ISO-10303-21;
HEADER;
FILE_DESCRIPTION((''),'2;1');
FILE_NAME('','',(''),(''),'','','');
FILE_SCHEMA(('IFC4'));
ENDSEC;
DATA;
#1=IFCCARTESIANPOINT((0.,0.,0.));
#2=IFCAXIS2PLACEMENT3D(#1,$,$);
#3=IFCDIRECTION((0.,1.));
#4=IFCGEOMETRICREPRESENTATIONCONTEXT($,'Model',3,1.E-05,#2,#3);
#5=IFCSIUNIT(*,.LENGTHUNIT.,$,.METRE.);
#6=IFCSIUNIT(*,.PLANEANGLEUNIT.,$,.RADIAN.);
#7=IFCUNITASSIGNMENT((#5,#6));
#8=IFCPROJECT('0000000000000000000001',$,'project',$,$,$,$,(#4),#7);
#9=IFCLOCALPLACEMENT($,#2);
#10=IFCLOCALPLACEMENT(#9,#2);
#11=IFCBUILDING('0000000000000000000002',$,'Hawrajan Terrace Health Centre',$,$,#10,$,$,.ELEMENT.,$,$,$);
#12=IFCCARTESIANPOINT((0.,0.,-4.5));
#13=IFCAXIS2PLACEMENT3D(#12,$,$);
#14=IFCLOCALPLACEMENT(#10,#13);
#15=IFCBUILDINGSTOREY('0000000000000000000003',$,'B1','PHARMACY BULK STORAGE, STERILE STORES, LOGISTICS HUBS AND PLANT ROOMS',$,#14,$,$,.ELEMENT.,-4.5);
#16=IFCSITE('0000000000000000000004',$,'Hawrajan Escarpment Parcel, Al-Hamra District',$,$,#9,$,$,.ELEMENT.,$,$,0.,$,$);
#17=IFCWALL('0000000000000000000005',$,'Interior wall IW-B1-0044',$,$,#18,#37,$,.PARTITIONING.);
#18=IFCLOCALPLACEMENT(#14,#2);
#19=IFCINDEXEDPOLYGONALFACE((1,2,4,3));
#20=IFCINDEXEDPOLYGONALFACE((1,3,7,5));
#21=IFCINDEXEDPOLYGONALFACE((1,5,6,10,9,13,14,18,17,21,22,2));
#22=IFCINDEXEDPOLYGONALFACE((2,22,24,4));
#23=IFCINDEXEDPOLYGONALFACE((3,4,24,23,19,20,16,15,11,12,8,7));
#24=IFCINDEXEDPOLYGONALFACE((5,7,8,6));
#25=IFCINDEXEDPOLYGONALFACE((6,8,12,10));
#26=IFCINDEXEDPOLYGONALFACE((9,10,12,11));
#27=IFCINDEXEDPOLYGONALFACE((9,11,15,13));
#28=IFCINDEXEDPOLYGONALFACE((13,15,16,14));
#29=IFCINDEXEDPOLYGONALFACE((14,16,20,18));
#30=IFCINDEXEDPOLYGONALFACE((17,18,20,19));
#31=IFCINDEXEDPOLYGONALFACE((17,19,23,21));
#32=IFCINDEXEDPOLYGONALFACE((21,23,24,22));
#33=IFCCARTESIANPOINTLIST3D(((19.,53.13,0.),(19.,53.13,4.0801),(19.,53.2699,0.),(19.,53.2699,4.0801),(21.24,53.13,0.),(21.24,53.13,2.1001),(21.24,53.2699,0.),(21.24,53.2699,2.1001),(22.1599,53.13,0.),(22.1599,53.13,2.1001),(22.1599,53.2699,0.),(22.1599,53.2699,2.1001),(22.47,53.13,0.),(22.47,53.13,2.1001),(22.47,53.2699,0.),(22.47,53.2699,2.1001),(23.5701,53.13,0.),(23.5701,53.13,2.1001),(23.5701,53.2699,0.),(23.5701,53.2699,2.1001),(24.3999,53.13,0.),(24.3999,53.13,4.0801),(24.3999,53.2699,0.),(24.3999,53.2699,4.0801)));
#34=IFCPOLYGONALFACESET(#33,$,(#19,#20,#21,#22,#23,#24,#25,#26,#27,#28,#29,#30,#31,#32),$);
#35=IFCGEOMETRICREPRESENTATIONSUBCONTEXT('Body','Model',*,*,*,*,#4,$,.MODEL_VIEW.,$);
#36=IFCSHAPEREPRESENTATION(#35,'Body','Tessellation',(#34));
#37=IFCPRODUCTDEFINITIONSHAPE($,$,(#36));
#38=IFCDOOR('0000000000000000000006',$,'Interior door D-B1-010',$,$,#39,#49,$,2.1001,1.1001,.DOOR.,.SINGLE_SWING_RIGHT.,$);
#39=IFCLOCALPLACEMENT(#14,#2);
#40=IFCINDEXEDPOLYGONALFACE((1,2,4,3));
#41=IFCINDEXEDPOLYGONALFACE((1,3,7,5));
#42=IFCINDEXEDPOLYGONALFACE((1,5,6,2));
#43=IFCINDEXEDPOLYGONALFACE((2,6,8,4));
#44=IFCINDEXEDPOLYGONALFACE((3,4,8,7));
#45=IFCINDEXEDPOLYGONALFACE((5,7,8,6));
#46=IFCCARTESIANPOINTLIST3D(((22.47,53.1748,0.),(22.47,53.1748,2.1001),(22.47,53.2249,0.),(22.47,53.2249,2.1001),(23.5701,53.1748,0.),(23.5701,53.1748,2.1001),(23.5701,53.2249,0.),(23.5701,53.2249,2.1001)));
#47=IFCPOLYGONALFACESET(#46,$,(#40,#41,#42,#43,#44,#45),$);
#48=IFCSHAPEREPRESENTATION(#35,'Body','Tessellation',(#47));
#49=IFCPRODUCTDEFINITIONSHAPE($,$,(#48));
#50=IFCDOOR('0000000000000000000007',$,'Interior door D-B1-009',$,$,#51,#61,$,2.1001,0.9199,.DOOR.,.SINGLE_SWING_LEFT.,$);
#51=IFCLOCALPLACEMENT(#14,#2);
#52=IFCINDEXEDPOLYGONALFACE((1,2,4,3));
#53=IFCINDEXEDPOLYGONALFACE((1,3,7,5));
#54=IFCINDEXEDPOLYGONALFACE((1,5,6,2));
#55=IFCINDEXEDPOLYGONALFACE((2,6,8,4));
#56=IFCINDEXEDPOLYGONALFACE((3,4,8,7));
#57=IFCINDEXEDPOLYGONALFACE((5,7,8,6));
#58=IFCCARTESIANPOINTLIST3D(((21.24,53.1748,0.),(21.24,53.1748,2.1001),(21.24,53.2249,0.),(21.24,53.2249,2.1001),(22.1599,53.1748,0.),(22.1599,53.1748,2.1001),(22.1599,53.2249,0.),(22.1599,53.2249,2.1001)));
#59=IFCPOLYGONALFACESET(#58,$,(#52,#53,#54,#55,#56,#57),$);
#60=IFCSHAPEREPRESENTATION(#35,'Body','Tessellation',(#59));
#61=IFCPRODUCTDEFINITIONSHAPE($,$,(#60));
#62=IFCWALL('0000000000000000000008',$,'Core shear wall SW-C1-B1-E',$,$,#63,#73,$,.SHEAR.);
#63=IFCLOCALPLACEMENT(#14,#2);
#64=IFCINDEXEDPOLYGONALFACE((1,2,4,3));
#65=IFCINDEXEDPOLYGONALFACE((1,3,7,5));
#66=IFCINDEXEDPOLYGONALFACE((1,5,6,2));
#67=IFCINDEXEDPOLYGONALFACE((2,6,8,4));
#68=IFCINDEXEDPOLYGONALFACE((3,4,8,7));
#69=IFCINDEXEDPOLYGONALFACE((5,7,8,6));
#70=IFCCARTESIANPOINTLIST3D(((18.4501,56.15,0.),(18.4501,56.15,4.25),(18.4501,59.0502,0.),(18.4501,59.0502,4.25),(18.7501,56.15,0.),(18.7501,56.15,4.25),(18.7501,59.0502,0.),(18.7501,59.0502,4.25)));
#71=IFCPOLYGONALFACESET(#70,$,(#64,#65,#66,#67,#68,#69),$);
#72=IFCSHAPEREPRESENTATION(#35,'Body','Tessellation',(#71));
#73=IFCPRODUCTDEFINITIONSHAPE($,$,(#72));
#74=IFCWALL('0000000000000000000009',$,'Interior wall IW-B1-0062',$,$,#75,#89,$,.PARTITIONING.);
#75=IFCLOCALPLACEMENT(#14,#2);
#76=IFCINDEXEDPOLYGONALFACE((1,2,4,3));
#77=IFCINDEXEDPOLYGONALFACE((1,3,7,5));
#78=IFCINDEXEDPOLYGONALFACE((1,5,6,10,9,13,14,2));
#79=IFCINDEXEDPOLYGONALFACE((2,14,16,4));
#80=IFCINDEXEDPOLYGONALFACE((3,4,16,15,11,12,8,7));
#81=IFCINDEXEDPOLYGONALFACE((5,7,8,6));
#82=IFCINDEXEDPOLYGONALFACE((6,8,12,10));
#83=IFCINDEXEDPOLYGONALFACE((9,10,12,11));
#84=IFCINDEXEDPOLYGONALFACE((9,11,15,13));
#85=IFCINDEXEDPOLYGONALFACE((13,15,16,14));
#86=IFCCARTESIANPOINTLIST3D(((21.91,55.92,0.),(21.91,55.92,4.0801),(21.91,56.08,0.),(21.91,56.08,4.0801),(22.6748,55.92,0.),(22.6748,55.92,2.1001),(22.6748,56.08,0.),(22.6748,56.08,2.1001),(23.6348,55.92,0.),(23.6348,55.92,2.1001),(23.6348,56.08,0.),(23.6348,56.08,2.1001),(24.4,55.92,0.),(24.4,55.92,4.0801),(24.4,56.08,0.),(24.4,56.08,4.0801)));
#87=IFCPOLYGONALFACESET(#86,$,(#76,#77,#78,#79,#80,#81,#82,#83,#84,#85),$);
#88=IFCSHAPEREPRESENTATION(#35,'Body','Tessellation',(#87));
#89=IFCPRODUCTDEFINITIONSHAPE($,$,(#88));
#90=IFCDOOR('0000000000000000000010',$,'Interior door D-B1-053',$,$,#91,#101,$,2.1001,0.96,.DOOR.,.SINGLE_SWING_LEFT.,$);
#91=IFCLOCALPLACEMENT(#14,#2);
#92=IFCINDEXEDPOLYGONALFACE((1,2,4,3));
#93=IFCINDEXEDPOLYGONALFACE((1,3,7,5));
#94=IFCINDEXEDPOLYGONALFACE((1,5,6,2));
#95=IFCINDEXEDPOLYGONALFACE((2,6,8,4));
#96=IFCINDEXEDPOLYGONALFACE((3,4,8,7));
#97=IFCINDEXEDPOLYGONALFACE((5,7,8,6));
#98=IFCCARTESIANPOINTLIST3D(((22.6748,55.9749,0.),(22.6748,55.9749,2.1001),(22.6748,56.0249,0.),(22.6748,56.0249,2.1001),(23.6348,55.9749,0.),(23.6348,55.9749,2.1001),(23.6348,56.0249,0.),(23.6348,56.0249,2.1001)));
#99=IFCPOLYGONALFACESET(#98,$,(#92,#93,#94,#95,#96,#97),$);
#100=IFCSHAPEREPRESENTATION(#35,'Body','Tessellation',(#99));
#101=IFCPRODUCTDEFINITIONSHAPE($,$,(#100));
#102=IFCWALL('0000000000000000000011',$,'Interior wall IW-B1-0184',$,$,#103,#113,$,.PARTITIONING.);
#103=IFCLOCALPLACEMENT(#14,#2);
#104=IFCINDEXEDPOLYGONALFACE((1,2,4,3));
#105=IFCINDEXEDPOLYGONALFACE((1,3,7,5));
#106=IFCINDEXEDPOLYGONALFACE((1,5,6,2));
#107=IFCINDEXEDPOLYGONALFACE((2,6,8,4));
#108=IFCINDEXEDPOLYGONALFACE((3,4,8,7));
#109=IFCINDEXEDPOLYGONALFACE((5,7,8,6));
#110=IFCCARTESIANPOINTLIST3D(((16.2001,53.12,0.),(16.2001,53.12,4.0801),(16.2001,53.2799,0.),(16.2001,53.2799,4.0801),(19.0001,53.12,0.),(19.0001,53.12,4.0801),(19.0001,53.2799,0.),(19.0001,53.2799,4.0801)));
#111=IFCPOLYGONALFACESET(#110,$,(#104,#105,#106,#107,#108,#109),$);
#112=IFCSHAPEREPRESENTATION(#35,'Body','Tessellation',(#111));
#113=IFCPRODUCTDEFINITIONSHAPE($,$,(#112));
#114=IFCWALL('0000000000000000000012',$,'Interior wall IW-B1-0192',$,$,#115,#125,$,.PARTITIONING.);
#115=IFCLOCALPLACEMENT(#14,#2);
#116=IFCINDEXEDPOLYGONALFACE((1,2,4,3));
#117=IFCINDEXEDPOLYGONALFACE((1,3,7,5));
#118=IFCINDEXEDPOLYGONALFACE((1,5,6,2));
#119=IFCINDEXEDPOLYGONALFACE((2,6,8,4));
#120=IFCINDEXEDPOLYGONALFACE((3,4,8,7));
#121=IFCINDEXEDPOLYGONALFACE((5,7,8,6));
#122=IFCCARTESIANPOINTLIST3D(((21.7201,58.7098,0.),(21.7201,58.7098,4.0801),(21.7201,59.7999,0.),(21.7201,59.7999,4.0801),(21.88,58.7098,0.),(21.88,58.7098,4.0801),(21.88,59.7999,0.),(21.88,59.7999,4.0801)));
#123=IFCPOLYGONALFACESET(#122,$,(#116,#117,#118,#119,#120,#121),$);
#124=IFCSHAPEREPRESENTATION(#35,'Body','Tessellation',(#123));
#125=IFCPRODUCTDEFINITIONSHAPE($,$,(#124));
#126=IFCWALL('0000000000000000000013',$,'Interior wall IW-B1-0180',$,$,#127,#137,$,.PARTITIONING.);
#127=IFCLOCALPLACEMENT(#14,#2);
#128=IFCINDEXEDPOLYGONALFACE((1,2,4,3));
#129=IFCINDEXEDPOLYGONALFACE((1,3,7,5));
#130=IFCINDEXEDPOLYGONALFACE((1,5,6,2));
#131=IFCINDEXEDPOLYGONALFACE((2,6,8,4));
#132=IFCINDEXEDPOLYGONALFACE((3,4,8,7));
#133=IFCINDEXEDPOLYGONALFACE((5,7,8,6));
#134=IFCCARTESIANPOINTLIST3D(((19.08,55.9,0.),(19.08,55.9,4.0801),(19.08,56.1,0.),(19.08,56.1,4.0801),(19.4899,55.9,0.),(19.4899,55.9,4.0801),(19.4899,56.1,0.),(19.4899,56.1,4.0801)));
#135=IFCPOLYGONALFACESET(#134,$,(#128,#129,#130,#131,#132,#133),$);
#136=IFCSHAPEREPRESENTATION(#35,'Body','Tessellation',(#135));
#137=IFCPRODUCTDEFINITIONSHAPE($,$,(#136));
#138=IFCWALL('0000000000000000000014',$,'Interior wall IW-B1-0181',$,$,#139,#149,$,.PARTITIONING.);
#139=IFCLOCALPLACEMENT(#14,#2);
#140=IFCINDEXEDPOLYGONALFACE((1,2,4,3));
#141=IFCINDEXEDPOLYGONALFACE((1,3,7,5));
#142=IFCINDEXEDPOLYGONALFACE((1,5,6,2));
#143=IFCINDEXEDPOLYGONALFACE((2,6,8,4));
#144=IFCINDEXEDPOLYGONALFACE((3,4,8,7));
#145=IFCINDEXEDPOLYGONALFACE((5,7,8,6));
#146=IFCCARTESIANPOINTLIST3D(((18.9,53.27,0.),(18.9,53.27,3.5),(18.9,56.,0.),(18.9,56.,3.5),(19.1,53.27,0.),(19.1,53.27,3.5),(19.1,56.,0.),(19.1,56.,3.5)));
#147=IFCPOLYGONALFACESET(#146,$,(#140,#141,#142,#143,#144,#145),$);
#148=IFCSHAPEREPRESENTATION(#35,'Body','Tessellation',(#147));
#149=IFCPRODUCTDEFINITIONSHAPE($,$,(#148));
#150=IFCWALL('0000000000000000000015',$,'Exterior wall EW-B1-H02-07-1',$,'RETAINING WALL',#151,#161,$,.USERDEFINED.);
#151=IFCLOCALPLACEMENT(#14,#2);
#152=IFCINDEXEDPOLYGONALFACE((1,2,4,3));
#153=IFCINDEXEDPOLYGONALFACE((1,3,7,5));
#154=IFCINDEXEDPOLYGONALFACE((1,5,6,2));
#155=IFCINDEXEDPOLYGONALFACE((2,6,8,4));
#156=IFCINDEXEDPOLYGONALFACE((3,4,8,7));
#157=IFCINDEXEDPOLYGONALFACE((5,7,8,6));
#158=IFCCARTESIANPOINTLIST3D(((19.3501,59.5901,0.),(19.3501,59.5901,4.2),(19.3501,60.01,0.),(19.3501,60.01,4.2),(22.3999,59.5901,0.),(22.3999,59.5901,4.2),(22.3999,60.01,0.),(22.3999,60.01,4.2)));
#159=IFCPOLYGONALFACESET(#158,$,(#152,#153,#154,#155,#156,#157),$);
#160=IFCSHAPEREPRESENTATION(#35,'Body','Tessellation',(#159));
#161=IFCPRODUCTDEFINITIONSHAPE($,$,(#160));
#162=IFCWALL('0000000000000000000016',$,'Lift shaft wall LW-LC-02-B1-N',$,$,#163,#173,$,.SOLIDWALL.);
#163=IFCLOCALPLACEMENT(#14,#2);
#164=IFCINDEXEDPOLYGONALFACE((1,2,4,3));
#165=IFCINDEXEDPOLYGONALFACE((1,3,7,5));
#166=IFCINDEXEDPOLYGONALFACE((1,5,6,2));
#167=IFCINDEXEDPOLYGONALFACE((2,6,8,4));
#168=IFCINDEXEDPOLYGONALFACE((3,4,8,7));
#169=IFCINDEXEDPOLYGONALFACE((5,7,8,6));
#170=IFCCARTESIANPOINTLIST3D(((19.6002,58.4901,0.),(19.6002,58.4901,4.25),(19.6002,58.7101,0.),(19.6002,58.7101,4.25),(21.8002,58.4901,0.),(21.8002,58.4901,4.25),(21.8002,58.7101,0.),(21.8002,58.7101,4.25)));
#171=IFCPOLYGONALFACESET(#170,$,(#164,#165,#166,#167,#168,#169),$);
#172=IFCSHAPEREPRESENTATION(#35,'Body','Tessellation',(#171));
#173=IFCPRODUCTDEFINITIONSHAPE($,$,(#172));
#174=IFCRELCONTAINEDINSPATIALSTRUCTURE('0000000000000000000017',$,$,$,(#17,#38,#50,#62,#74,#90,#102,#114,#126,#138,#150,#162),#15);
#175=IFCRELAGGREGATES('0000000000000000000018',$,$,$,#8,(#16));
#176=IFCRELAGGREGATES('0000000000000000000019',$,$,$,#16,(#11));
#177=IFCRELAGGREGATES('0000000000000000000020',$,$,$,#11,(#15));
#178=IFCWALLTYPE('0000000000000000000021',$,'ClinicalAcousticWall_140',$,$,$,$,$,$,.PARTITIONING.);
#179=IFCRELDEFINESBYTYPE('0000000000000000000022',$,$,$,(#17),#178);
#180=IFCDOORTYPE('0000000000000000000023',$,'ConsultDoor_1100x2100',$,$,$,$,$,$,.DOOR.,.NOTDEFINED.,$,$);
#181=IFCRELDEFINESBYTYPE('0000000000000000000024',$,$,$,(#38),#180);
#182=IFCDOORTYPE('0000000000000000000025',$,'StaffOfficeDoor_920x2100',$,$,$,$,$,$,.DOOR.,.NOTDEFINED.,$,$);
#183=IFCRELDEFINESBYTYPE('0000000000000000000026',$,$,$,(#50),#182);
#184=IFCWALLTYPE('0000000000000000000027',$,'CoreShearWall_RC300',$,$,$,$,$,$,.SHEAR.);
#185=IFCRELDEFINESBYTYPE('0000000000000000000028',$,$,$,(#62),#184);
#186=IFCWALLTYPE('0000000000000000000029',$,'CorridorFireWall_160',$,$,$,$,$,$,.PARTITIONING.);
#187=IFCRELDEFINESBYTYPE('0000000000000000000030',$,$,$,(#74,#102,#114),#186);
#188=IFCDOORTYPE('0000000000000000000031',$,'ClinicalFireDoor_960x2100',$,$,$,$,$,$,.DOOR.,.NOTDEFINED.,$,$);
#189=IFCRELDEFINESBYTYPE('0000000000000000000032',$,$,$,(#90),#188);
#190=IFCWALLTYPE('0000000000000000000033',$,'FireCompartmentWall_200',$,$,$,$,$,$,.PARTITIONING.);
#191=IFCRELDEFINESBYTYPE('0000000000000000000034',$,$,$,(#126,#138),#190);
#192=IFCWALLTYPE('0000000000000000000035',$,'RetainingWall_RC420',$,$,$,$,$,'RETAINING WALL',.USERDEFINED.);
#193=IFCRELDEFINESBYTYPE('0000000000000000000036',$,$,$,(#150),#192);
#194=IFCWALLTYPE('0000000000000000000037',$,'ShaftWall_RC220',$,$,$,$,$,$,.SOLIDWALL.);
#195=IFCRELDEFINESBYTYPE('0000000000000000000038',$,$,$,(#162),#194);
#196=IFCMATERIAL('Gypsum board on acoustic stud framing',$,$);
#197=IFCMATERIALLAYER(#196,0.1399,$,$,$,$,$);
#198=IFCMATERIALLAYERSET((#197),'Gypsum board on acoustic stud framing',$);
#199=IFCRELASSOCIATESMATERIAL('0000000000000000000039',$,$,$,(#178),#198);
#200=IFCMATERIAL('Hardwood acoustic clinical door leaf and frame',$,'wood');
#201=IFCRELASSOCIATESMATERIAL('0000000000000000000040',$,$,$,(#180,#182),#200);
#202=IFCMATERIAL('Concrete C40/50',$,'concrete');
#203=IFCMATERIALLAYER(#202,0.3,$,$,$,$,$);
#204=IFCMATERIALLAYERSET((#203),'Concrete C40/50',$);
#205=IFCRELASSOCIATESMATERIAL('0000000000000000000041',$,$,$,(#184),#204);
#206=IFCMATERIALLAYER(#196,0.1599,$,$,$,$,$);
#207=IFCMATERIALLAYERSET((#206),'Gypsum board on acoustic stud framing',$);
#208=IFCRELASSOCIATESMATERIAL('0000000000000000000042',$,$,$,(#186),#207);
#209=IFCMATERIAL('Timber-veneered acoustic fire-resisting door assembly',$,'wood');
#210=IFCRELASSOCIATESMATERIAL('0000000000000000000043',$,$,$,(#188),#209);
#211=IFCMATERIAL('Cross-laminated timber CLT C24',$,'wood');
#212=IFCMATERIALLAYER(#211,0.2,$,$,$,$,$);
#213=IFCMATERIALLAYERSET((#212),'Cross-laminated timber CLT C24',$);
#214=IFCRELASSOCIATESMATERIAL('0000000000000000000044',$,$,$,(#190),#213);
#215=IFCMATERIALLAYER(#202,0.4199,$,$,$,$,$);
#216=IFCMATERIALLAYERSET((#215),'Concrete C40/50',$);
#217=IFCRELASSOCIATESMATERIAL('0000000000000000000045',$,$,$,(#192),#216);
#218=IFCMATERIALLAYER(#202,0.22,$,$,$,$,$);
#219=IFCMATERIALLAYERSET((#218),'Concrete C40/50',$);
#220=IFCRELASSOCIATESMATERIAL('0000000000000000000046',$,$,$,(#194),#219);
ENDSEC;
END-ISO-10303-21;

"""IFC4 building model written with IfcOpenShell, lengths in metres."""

from ifc_helpers import new_model, si_unit, direction, frame, frame_2d, origin, place, context, subcontext, project, spatial, rectangle, extrude, material, layer, layer_set, type_object, element, fill, save


model = new_model("IFC4")

# Units and contexts
model_context = context("Model", 3, precision=1e-05, world=origin(), true_north=direction((0.0, 1.0)))
body_context = subcontext(model_context, "Body", "Model", "MODEL_VIEW")
ifc_project = project(units=[si_unit("LENGTHUNIT", "METRE"), si_unit("PLANEANGLEUNIT", "RADIAN")], contexts=[model_context])

# Site, building, storey
site_placement = place(None, origin())
site = spatial("IfcSite", under=ifc_project, at=site_placement, Name="Hawrajan Escarpment Parcel, Al-Hamra District", CompositionType="ELEMENT", RefElevation=0.0)
building_placement = place(site_placement, origin())
building = spatial("IfcBuilding", under=site, at=building_placement, Name="Hawrajan Terrace Health Centre", CompositionType="ELEMENT")
storey_placement = place(building_placement, frame((0.0, 0.0, -4.5)))
storey = spatial("IfcBuildingStorey", under=building, at=storey_placement, Name="B1", Description="PHARMACY BULK STORAGE, STERILE STORES, LOGISTICS HUBS AND PLANT ROOMS", CompositionType="ELEMENT", Elevation=-4.5)

# Shared definitions
ifc_material_1 = material(Name="Concrete C40/50", Category="concrete")

# Wall, openings, doors
ifc_material_2 = material(Name="Gypsum board on acoustic stud framing")
ifc_layer_1 = layer(ifc_material_2, 0.1399)
ifc_layer_set_1 = layer_set([ifc_layer_1], Name="Gypsum board on acoustic stud framing")
wall_type_1 = type_object("IfcWallType", Name="ClinicalAcousticWall_140", PredefinedType="PARTITIONING", material=ifc_layer_set_1)
wall_1_placement = place(storey_placement, frame((19.0, 53.2, 0.0), z_axis=(0.0, 0.0, 1.0), x_axis=(1.0, 0.0, 0.0)))
wall_1 = element("IfcWall", 1, at=wall_1_placement, inside=storey, type_object=wall_type_1, Name="Interior wall IW-B1-0044", PredefinedType="PARTITIONING", context=body_context, shape_type="SweptSolid", body=[
    extrude(rectangle(XDim=5.3999, YDim=0.1399, at=frame_2d((2.7, 0.0))), origin(), (0.0, 0.0, 1.0), 4.0801),
])
opening_1_placement = place(wall_1_placement, frame((2.24, 0.0, 0.0)))
opening_1 = element("IfcOpeningElement", 2, at=opening_1_placement, cuts=wall_1, PredefinedType="OPENING", context=body_context, shape_type="SweptSolid", body=[
    extrude(rectangle(XDim=0.9199, YDim=2.1001, at=frame_2d((0.46, 1.05))), frame((0.0, 0.0798, 0.0), z_axis=(0.0, -1.0, 0.0), x_axis=(1.0, 0.0, 0.0)), (0.0, 0.0, 1.0), 0.1599),
])
opening_2_placement = place(wall_1_placement, frame((3.47, 0.0, 0.0)))
opening_2 = element("IfcOpeningElement", 3, at=opening_2_placement, cuts=wall_1, PredefinedType="OPENING", context=body_context, shape_type="SweptSolid", body=[
    extrude(rectangle(XDim=1.1001, YDim=2.1001, at=frame_2d((0.55, 1.05))), frame((0.0, 0.0798, 0.0), z_axis=(0.0, -1.0, 0.0), x_axis=(1.0, 0.0, 0.0)), (0.0, 0.0, 1.0), 0.1599),
])
ifc_material_3 = material(Name="Hardwood acoustic clinical door leaf and frame", Category="wood")
door_type_1 = type_object("IfcDoorType", Name="ConsultDoor_1100x2100", OperationType="NOTDEFINED", PredefinedType="DOOR", material=ifc_material_3)
door_1_placement = place(opening_2_placement, origin())
door_1 = element("IfcDoor", 4, at=door_1_placement, inside=storey, type_object=door_type_1, Name="Interior door D-B1-010", OperationType="SINGLE_SWING_RIGHT", OverallHeight=2.1001, OverallWidth=1.1001, PredefinedType="DOOR", context=body_context, shape_type="SweptSolid", body=[
    extrude(rectangle(XDim=1.1001, YDim=2.1001, at=frame_2d((0.55, 1.05))), frame((0.0, 0.0249, 0.0), z_axis=(0.0, -1.0, 0.0), x_axis=(1.0, 0.0, 0.0)), (0.0, 0.0, 1.0), 0.05),
])
fill(opening_2, door_1)
door_type_2 = type_object("IfcDoorType", Name="StaffOfficeDoor_920x2100", OperationType="NOTDEFINED", PredefinedType="DOOR", material=ifc_material_3)
door_2_placement = place(opening_1_placement, origin())
door_2 = element("IfcDoor", 5, at=door_2_placement, inside=storey, type_object=door_type_2, Name="Interior door D-B1-009", OperationType="SINGLE_SWING_LEFT", OverallHeight=2.1001, OverallWidth=0.9199, PredefinedType="DOOR", context=body_context, shape_type="SweptSolid", body=[
    extrude(rectangle(XDim=0.9199, YDim=2.1001, at=frame_2d((0.46, 1.05))), frame((0.0, 0.0249, 0.0), z_axis=(0.0, -1.0, 0.0), x_axis=(1.0, 0.0, 0.0)), (0.0, 0.0, 1.0), 0.05),
])
fill(opening_1, door_2)

# Wall
ifc_layer_2 = layer(ifc_material_1, 0.3)
ifc_layer_set_2 = layer_set([ifc_layer_2], Name="Concrete C40/50")
wall_type_2 = type_object("IfcWallType", Name="CoreShearWall_RC300", PredefinedType="SHEAR", material=ifc_layer_set_2)
wall_2_placement = place(storey_placement, frame((18.6001, 56.1499, 0.0), z_axis=(0.0, 0.0, 1.0), x_axis=(0.0, 1.0, 0.0)))
element("IfcWall", 6, at=wall_2_placement, inside=storey, type_object=wall_type_2, Name="Core shear wall SW-C1-B1-E", PredefinedType="SHEAR", context=body_context, shape_type="SweptSolid", body=[
    extrude(rectangle(XDim=2.9001, YDim=0.3, at=frame_2d((1.4502, 0.0))), origin(), (0.0, 0.0, 1.0), 4.25),
])

# Wall, opening, door
ifc_layer_3 = layer(ifc_material_2, 0.1599)
ifc_layer_set_3 = layer_set([ifc_layer_3], Name="Gypsum board on acoustic stud framing")
wall_type_3 = type_object("IfcWallType", Name="CorridorFireWall_160", PredefinedType="PARTITIONING", material=ifc_layer_set_3)
wall_3_placement = place(storey_placement, frame((21.9099, 56.0, 0.0), z_axis=(0.0, 0.0, 1.0), x_axis=(1.0, 0.0, 0.0)))
wall_3 = element("IfcWall", 7, at=wall_3_placement, inside=storey, type_object=wall_type_3, Name="Interior wall IW-B1-0062", PredefinedType="PARTITIONING", context=body_context, shape_type="SweptSolid", body=[
    extrude(rectangle(XDim=2.49, YDim=0.1599, at=frame_2d((1.2451, 0.0))), origin(), (0.0, 0.0, 1.0), 4.0801),
])
opening_3_placement = place(wall_3_placement, frame((0.7649, 0.0, 0.0)))
opening_3 = element("IfcOpeningElement", 8, at=opening_3_placement, cuts=wall_3, PredefinedType="OPENING", context=body_context, shape_type="SweptSolid", body=[
    extrude(rectangle(XDim=0.96, YDim=2.1001, at=frame_2d((0.48, 1.05))), frame((0.0, 0.0898, 0.0), z_axis=(0.0, -1.0, 0.0), x_axis=(1.0, 0.0, 0.0)), (0.0, 0.0, 1.0), 0.1799),
])
ifc_material_4 = material(Name="Timber-veneered acoustic fire-resisting door assembly", Category="wood")
door_type_3 = type_object("IfcDoorType", Name="ClinicalFireDoor_960x2100", OperationType="NOTDEFINED", PredefinedType="DOOR", material=ifc_material_4)
door_3_placement = place(opening_3_placement, origin())
door_3 = element("IfcDoor", 9, at=door_3_placement, inside=storey, type_object=door_type_3, Name="Interior door D-B1-053", OperationType="SINGLE_SWING_LEFT", OverallHeight=2.1001, OverallWidth=0.96, PredefinedType="DOOR", context=body_context, shape_type="SweptSolid", body=[
    extrude(rectangle(XDim=0.96, YDim=2.1001, at=frame_2d((0.48, 1.05))), frame((0.0, 0.0249, 0.0), z_axis=(0.0, -1.0, 0.0), x_axis=(1.0, 0.0, 0.0)), (0.0, 0.0, 1.0), 0.05),
])
fill(opening_3, door_3)

# Walls
wall_4_placement = place(storey_placement, frame((19.0, 53.2, 0.0), z_axis=(0.0, 0.0, 1.0), x_axis=(-1.0, 0.0, 0.0)))
element("IfcWall", 10, at=wall_4_placement, inside=storey, type_object=wall_type_3, Name="Interior wall IW-B1-0184", PredefinedType="PARTITIONING", context=body_context, shape_type="SweptSolid", body=[
    extrude(rectangle(XDim=2.8, YDim=0.1599, at=frame_2d((1.3999, 0.0))), origin(), (0.0, 0.0, 1.0), 4.0801),
])
wall_5_placement = place(storey_placement, frame((21.8, 58.71, 0.0), z_axis=(0.0, 0.0, 1.0), x_axis=(0.0, 1.0, 0.0)))
element("IfcWall", 11, at=wall_5_placement, inside=storey, type_object=wall_type_3, Name="Interior wall IW-B1-0192", PredefinedType="PARTITIONING", context=body_context, shape_type="SweptSolid", body=[
    extrude(rectangle(XDim=1.0901, YDim=0.1599, at=frame_2d((0.5449, 0.0))), origin(), (0.0, 0.0, 1.0), 4.0801),
])
ifc_material_5 = material(Name="Cross-laminated timber CLT C24", Category="wood")
ifc_layer_4 = layer(ifc_material_5, 0.2)
ifc_layer_set_4 = layer_set([ifc_layer_4], Name="Cross-laminated timber CLT C24")
wall_type_4 = type_object("IfcWallType", Name="FireCompartmentWall_200", PredefinedType="PARTITIONING", material=ifc_layer_set_4)
wall_6_placement = place(storey_placement, frame((19.49, 56.0, 0.0), z_axis=(0.0, 0.0, 1.0), x_axis=(-1.0, 0.0, 0.0)))
element("IfcWall", 12, at=wall_6_placement, inside=storey, type_object=wall_type_4, Name="Interior wall IW-B1-0180", PredefinedType="PARTITIONING", context=body_context, shape_type="SweptSolid", body=[
    extrude(rectangle(XDim=0.4099, YDim=0.2, at=frame_2d((0.2051, 0.0))), origin(), (0.0, 0.0, 1.0), 4.0801),
])
wall_7_placement = place(storey_placement, frame((19.0, 53.27, 0.0), z_axis=(0.0, 0.0, 1.0), x_axis=(0.0, 1.0, 0.0)))
element("IfcWall", 13, at=wall_7_placement, inside=storey, type_object=wall_type_4, Name="Interior wall IW-B1-0181", PredefinedType="PARTITIONING", context=body_context, shape_type="SweptSolid", body=[
    extrude(rectangle(XDim=2.73, YDim=0.2, at=frame_2d((1.365, 0.0))), origin(), (0.0, 0.0, 1.0), 3.5),
])
ifc_layer_5 = layer(ifc_material_1, 0.4199)
ifc_layer_set_5 = layer_set([ifc_layer_5], Name="Concrete C40/50")
wall_type_5 = type_object("IfcWallType", Name="RetainingWall_RC420", ElementType="RETAINING WALL", PredefinedType="USERDEFINED", material=ifc_layer_set_5)
wall_8_placement = place(storey_placement, frame((19.3501, 59.8, 0.0), z_axis=(0.0, 0.0, 1.0), x_axis=(1.0, 0.0, 0.0)))
element("IfcWall", 14, at=wall_8_placement, inside=storey, type_object=wall_type_5, Name="Exterior wall EW-B1-H02-07-1", ObjectType="RETAINING WALL", PredefinedType="USERDEFINED", context=body_context, shape_type="SweptSolid", body=[
    extrude(rectangle(XDim=3.0498, YDim=0.4199, at=frame_2d((1.5249, 0.0))), origin(), (0.0, 0.0, 1.0), 4.2),
])

# Shared definitions
ifc_layer_6 = layer(ifc_material_1, 0.22)
ifc_layer_set_6 = layer_set([ifc_layer_6], Name="Concrete C40/50")
wall_type_6 = type_object("IfcWallType", Name="ShaftWall_RC220", PredefinedType="SOLIDWALL", material=ifc_layer_set_6)

# Wall
wall_9_placement = place(storey_placement, frame((19.6001, 58.6001, 0.0), z_axis=(0.0, 0.0, 1.0), x_axis=(1.0, 0.0, 0.0)))
element("IfcWall", 15, at=wall_9_placement, inside=storey, type_object=wall_type_6, Name="Lift shaft wall LW-LC-02-B1-N", PredefinedType="SOLIDWALL", context=body_context, shape_type="SweptSolid", body=[
    extrude(rectangle(XDim=2.2, YDim=0.22, at=frame_2d((1.1001, 0.0))), origin(), (0.0, 0.0, 1.0), 4.25),
])

save(model, "model.ifc")
